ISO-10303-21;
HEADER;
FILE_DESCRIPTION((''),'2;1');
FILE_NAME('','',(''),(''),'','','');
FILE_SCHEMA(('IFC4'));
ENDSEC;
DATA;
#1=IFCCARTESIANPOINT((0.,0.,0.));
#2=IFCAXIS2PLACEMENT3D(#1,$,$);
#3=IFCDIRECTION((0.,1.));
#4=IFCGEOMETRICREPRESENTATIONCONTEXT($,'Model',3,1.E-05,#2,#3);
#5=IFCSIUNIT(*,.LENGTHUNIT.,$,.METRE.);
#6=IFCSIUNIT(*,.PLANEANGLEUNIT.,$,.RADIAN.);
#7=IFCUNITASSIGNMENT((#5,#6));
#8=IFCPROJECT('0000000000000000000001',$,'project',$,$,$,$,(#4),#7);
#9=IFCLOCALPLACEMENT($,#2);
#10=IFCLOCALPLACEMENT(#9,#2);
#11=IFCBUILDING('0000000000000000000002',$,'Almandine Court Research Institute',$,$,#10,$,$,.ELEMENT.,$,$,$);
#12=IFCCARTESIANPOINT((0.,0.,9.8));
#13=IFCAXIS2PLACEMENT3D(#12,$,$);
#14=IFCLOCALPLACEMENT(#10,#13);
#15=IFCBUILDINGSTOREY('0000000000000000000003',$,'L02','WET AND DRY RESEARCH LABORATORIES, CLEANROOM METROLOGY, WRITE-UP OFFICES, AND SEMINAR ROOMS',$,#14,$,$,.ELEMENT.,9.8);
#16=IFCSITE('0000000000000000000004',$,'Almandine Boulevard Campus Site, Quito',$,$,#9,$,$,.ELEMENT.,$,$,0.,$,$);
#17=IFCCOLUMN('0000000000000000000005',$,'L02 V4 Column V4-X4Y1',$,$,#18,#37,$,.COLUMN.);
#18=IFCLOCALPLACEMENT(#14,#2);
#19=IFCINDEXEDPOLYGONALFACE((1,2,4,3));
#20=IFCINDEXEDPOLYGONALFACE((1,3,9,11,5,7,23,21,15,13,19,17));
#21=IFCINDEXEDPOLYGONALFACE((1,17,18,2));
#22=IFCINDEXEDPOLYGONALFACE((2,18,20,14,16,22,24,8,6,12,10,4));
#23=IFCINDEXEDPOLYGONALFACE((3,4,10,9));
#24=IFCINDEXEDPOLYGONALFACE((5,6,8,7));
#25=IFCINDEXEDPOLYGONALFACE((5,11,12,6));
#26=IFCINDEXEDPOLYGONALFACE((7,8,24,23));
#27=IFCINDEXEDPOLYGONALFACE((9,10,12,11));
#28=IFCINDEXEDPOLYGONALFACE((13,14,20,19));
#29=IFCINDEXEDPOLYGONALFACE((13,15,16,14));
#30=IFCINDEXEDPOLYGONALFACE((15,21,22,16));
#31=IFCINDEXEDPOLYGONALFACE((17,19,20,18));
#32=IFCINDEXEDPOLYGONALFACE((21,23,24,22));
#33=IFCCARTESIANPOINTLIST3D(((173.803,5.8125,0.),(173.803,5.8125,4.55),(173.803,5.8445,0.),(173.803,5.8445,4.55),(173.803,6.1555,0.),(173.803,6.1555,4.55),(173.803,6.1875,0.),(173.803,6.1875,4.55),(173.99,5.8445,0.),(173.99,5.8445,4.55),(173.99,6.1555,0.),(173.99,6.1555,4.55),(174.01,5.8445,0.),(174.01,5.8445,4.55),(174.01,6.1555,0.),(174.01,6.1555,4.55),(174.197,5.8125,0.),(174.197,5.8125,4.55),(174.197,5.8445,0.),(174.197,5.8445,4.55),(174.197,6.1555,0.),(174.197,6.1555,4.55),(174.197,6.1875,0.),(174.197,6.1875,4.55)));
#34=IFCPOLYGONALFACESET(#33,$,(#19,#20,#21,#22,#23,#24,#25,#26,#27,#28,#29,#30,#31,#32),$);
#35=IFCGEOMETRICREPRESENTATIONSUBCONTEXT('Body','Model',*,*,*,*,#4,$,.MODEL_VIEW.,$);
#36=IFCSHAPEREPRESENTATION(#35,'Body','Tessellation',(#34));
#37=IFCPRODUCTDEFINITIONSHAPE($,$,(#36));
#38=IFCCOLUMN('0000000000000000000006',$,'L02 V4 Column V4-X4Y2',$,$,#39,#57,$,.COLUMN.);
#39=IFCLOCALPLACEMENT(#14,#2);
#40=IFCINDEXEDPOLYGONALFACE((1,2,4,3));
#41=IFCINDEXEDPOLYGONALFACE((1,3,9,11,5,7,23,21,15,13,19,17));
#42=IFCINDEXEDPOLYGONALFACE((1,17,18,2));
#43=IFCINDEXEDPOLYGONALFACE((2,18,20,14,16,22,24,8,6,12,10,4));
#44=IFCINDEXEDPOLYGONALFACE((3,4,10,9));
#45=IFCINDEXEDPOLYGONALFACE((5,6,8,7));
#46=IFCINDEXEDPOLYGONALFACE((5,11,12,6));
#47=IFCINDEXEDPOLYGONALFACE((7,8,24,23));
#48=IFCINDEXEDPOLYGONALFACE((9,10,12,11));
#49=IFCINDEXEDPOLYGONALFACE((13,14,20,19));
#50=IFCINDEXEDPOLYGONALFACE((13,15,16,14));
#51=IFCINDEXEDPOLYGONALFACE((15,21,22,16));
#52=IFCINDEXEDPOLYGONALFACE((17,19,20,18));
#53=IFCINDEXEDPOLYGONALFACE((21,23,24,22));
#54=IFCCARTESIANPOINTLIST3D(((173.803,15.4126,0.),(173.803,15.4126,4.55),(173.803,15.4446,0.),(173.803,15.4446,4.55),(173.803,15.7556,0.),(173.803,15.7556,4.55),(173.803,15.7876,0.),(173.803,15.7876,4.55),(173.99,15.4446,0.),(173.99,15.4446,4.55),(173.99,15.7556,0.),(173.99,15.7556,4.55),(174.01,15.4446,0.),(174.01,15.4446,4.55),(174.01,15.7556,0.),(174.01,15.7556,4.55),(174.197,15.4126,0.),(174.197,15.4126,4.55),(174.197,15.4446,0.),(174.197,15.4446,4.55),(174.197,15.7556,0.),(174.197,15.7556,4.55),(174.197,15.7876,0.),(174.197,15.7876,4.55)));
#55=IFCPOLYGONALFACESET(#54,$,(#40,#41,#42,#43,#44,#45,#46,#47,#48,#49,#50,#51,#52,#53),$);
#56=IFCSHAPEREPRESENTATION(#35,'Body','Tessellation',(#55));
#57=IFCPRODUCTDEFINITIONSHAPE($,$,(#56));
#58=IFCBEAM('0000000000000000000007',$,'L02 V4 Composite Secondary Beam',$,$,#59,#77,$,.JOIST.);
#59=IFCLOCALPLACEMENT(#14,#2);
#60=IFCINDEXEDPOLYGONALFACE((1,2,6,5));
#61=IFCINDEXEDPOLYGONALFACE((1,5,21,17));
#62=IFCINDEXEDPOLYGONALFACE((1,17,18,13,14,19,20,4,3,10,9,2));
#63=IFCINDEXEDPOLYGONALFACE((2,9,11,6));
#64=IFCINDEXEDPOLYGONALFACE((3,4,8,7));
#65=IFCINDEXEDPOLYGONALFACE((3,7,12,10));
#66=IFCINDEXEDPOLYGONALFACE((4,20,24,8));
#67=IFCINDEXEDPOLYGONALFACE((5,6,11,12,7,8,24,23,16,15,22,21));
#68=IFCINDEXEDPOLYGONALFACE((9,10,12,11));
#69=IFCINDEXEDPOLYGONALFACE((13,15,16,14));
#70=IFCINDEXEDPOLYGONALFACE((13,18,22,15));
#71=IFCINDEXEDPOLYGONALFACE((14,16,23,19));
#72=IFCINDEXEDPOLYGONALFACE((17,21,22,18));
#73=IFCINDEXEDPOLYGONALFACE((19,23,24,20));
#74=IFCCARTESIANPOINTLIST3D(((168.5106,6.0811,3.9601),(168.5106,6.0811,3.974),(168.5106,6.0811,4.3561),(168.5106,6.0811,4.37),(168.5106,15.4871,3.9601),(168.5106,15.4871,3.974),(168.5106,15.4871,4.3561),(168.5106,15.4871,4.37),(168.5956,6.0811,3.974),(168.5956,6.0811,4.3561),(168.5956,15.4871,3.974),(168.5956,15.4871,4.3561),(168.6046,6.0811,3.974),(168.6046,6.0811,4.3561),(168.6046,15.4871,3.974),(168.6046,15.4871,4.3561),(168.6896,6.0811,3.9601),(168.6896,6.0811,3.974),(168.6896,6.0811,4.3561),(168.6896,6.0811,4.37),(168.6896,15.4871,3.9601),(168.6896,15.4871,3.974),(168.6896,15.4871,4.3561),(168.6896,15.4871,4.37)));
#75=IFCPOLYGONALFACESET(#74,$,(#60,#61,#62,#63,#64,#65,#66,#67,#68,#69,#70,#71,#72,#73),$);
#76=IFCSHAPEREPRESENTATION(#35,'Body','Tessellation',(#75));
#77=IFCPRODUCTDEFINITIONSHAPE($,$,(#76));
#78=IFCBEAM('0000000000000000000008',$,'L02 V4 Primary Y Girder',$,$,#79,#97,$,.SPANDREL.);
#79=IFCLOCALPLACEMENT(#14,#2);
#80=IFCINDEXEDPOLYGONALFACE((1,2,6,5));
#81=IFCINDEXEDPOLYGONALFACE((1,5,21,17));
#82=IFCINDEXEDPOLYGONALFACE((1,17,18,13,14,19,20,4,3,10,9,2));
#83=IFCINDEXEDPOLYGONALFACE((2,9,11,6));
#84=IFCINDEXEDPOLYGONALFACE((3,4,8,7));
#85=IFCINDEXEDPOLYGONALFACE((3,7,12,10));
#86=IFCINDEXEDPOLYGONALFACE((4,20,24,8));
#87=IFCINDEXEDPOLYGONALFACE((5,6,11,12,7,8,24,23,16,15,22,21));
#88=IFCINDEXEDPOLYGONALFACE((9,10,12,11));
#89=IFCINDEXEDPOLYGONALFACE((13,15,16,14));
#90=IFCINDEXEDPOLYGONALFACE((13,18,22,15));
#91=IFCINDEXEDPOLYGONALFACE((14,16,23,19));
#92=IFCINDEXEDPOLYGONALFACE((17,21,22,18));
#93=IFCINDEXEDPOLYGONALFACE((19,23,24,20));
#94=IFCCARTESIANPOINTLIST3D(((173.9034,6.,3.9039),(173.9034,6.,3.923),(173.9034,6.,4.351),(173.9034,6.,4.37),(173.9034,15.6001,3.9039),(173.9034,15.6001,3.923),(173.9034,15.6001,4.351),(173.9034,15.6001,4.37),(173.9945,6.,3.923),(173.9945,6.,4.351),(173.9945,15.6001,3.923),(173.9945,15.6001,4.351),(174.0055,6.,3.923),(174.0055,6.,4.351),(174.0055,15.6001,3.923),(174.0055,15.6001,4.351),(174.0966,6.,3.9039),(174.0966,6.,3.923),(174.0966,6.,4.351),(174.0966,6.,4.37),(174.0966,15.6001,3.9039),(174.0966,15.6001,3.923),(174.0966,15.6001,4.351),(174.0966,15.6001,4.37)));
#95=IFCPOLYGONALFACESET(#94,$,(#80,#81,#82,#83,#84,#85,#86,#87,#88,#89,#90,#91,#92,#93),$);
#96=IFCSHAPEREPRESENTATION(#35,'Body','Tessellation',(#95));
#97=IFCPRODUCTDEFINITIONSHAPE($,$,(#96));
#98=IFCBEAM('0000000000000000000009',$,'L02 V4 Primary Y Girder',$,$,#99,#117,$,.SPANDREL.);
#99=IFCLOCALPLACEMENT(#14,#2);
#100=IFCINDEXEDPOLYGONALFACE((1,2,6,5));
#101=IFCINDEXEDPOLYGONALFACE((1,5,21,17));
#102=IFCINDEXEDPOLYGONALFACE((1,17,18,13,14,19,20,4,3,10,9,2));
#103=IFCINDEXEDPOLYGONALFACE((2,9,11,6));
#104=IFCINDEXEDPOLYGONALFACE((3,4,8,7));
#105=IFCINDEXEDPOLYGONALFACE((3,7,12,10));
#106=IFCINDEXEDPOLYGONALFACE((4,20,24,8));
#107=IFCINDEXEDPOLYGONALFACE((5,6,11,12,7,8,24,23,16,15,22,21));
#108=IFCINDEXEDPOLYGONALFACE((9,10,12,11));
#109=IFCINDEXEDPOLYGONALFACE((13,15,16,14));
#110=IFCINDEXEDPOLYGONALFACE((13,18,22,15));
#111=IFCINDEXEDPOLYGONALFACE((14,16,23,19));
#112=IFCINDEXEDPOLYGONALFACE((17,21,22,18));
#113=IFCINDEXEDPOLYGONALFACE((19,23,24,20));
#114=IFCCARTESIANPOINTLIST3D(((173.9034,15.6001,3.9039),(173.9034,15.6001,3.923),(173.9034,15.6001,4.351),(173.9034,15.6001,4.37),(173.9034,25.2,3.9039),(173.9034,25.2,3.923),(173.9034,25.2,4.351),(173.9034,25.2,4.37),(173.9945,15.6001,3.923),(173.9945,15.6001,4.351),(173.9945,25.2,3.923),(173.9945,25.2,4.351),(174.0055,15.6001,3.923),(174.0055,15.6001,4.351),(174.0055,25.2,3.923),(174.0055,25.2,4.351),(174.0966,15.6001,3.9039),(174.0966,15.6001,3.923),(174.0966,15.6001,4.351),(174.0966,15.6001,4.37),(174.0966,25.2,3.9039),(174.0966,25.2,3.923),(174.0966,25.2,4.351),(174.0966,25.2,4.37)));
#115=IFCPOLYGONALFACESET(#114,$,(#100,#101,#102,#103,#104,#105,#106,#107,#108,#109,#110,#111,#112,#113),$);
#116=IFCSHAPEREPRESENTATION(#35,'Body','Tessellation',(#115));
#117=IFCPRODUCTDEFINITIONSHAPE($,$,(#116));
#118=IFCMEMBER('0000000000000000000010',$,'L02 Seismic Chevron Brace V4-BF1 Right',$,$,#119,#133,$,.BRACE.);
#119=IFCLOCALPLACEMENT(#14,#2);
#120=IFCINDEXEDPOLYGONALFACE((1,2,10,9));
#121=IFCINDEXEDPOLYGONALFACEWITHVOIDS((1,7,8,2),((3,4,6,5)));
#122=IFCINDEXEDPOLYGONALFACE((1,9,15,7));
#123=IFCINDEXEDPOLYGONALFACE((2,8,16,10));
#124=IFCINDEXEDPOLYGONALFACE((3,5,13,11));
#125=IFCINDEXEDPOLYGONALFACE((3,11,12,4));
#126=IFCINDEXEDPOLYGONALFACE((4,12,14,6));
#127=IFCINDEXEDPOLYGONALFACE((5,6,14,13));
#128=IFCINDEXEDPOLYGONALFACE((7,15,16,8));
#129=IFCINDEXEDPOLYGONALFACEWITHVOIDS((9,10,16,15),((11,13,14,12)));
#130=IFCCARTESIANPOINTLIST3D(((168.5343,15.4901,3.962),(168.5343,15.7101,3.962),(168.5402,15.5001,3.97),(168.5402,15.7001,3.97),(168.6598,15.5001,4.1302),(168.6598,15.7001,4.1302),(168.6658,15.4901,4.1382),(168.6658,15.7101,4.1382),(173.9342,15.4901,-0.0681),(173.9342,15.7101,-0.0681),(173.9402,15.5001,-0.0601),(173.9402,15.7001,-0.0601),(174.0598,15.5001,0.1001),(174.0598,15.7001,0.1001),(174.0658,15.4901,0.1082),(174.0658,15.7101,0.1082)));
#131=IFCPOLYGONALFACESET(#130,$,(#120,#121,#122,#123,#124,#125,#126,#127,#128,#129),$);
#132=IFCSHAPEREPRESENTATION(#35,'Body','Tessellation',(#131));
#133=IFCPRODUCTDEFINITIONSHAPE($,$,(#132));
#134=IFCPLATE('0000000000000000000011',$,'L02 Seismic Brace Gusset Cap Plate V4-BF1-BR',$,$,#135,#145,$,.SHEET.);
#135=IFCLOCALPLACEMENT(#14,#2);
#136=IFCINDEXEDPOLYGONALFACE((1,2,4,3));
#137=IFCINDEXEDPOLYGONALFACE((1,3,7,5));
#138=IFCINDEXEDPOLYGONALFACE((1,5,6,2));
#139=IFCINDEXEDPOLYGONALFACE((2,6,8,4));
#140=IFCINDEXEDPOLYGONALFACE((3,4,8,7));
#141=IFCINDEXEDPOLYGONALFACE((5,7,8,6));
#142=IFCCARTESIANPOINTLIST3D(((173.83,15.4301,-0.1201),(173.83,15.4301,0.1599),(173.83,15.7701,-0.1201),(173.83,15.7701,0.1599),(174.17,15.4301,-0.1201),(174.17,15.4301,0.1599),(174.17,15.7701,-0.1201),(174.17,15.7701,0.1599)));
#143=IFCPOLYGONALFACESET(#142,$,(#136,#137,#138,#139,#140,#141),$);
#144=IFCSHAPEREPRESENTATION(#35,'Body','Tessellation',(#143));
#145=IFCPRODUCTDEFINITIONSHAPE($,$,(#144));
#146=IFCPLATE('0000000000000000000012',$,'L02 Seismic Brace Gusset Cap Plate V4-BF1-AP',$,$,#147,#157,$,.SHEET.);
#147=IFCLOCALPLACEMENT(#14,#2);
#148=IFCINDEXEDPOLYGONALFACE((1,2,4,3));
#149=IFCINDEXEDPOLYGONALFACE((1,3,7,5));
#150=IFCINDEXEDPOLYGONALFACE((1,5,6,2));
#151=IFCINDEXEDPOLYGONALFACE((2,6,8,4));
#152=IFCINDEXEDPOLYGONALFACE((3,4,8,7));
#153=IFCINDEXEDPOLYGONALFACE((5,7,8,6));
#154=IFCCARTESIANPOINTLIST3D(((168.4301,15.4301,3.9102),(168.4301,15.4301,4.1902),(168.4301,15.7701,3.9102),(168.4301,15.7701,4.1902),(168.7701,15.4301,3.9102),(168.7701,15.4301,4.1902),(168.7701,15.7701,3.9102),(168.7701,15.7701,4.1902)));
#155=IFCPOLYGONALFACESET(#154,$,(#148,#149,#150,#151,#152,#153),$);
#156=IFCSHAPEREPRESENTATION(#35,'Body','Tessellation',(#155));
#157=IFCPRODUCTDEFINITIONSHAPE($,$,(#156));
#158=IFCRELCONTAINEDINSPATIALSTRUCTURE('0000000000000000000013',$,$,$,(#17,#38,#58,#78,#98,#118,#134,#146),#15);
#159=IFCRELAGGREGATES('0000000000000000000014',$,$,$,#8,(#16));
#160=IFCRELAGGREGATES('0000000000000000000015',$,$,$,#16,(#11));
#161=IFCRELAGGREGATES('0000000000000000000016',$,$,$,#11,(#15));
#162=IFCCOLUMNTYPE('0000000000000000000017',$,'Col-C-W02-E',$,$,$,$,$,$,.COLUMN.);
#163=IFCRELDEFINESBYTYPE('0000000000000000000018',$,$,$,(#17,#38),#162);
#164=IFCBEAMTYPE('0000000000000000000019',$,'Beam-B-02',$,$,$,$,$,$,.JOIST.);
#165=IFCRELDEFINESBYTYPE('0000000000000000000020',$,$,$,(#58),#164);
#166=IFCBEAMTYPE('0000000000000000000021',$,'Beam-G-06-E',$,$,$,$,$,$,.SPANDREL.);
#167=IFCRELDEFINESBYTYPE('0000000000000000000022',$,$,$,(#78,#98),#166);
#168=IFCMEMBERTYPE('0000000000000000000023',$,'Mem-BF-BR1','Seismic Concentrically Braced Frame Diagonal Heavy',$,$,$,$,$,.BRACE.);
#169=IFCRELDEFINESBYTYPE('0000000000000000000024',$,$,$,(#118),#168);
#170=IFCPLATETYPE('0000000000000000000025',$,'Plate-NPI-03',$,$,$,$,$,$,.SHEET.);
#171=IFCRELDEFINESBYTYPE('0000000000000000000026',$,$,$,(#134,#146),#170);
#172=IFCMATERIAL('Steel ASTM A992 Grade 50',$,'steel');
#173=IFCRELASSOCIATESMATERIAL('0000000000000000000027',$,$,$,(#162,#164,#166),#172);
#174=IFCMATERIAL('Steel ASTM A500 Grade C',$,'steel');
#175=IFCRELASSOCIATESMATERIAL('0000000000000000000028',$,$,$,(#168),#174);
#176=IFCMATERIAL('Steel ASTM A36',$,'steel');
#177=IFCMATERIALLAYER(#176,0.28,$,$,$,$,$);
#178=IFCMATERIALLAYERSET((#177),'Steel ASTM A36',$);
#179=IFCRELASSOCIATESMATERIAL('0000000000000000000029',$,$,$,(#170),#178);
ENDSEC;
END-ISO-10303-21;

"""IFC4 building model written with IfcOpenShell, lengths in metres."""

from ifc_helpers import new_model, si_unit, direction, frame, origin, origin_2d, place, context, subcontext, project, spatial, rectangle, hollow_rectangle, i_section, extrude, material, layer, layer_set, material_profile, profile_set, type_object, element, save


model = new_model("IFC4")

# Units and contexts
model_context = context("Model", 3, precision=1e-05, world=origin(), true_north=direction((0.0, 1.0)))
body_context = subcontext(model_context, "Body", "Model", "MODEL_VIEW")
ifc_project = project(units=[si_unit("LENGTHUNIT", "METRE"), si_unit("PLANEANGLEUNIT", "RADIAN")], contexts=[model_context])

# Site, building, storey
site_placement = place(None, origin())
site = spatial("IfcSite", under=ifc_project, at=site_placement, Name="Almandine Boulevard Campus Site, Quito", CompositionType="ELEMENT", RefElevation=0.0)
building_placement = place(site_placement, origin())
building = spatial("IfcBuilding", under=site, at=building_placement, Name="Almandine Court Research Institute", CompositionType="ELEMENT")
storey_placement = place(building_placement, frame((0.0, 0.0, 9.8)))
storey = spatial("IfcBuildingStorey", under=building, at=storey_placement, Name="L02", Description="WET AND DRY RESEARCH LABORATORIES, CLEANROOM METROLOGY, WRITE-UP OFFICES, AND SEMINAR ROOMS", CompositionType="ELEMENT", Elevation=9.8)

# Columns
ifc_material_1 = material(Name="Steel ASTM A992 Grade 50", Category="steel")
ifc_material_profile_1 = material_profile(ifc_material_1, i_section(OverallWidth=0.394, OverallDepth=0.375, WebThickness=0.02, FlangeThickness=0.032, at=origin_2d()), Name="W360x216")
ifc_profile_set_1 = profile_set([ifc_material_profile_1], Name="Steel ASTM A992 Grade 50")
column_type = type_object("IfcColumnType", Name="Col-C-W02-E", PredefinedType="COLUMN", material=ifc_profile_set_1)
for number, where, z_axis, x_axis, name in (
    (1, (174.0, 6.0, 0.0), (0.0, 0.0, 1.0), (1.0, 0.0, 0.0), "L02 V4 Column V4-X4Y1"),
    (2, (174.0, 15.6001, 0.0), (0.0, 0.0, 1.0), (1.0, 0.0, 0.0), "L02 V4 Column V4-X4Y2"),
):
    element("IfcColumn", number, at=place(storey_placement, frame(where, z_axis=z_axis, x_axis=x_axis)), inside=storey, type_object=column_type, Name=name, PredefinedType="COLUMN", context=body_context, shape_type="SweptSolid", body=[
        extrude(i_section(OverallWidth=0.394, OverallDepth=0.375, WebThickness=0.02, FlangeThickness=0.032, at=origin_2d()), origin(), (0.0, 0.0, 1.0), 4.55),
    ])

# Beams
ifc_material_profile_2 = material_profile(ifc_material_1, i_section(OverallWidth=0.179, OverallDepth=0.4099, WebThickness=0.009, FlangeThickness=0.0139, at=origin_2d()), Name="W410x67")
ifc_profile_set_2 = profile_set([ifc_material_profile_2], Name="Steel ASTM A992 Grade 50")
beam_type_1 = type_object("IfcBeamType", Name="Beam-B-02", PredefinedType="JOIST", material=ifc_profile_set_2)
beam_1_placement = place(storey_placement, frame((168.6001, 6.0811, 4.165), z_axis=(0.0, 1.0, 0.0), x_axis=(-1.0, 0.0, 0.0)))
element("IfcBeam", 3, at=beam_1_placement, inside=storey, type_object=beam_type_1, Name="L02 V4 Composite Secondary Beam", PredefinedType="JOIST", context=body_context, shape_type="SweptSolid", body=[
    extrude(i_section(OverallWidth=0.179, OverallDepth=0.4099, WebThickness=0.009, FlangeThickness=0.0139, at=origin_2d()), origin(), (0.0, 0.0, 1.0), 9.406),
])
ifc_material_profile_3 = material_profile(ifc_material_1, i_section(OverallWidth=0.1931, OverallDepth=0.4661, WebThickness=0.011, FlangeThickness=0.019, at=origin_2d()), Name="W460x97")
ifc_profile_set_3 = profile_set([ifc_material_profile_3], Name="Steel ASTM A992 Grade 50")
beam_type_2 = type_object("IfcBeamType", Name="Beam-G-06-E", PredefinedType="SPANDREL", material=ifc_profile_set_3)
beam_2_placement = place(storey_placement, frame((174.0, 6.0, 4.137), z_axis=(0.0, 1.0, 0.0), x_axis=(-1.0, 0.0, 0.0)))
element("IfcBeam", 4, at=beam_2_placement, inside=storey, type_object=beam_type_2, Name="L02 V4 Primary Y Girder", PredefinedType="SPANDREL", context=body_context, shape_type="SweptSolid", body=[
    extrude(i_section(OverallWidth=0.1931, OverallDepth=0.4661, WebThickness=0.011, FlangeThickness=0.019, at=origin_2d()), origin(), (0.0, 0.0, 1.0), 9.6001),
])
beam_3_placement = place(storey_placement, frame((174.0, 15.6001, 4.137), z_axis=(0.0, 1.0, 0.0), x_axis=(-1.0, 0.0, 0.0)))
element("IfcBeam", 5, at=beam_3_placement, inside=storey, type_object=beam_type_2, Name="L02 V4 Primary Y Girder", PredefinedType="SPANDREL", context=body_context, shape_type="SweptSolid", body=[
    extrude(i_section(OverallWidth=0.1931, OverallDepth=0.4661, WebThickness=0.011, FlangeThickness=0.019, at=origin_2d()), origin(), (0.0, 0.0, 1.0), 9.5999),
])

# Member
ifc_material_2 = material(Name="Steel ASTM A500 Grade C", Category="steel")
ifc_material_profile_4 = material_profile(ifc_material_2, hollow_rectangle(XDim=0.22, YDim=0.22, WallThickness=0.01, at=origin_2d()), Name="HSS 220x220x10")
ifc_profile_set_4 = profile_set([ifc_material_profile_4], Name="Steel ASTM A500 Grade C")
member_type = type_object("IfcMemberType", Name="Mem-BF-BR1", Description="Seismic Concentrically Braced Frame Diagonal Heavy", PredefinedType="BRACE", material=ifc_profile_set_4)
member_placement = place(storey_placement, frame((174.0, 15.6001, 0.02), z_axis=(-0.801415, 0.0, 0.598108), x_axis=(0.0, -1.0, 0.0)))
element("IfcMember", 6, at=member_placement, inside=storey, type_object=member_type, Name="L02 Seismic Chevron Brace V4-BF1 Right", PredefinedType="BRACE", context=body_context, shape_type="SweptSolid", body=[
    extrude(hollow_rectangle(XDim=0.22, YDim=0.22, WallThickness=0.01, at=origin_2d()), origin(), (0.0, 0.0, 1.0), 6.738),
])

# Plates
ifc_material_3 = material(Name="Steel ASTM A36", Category="steel")
ifc_layer_1 = layer(ifc_material_3, 0.28)
ifc_layer_set_1 = layer_set([ifc_layer_1], Name="Steel ASTM A36")
plate_type = type_object("IfcPlateType", Name="Plate-NPI-03", PredefinedType="SHEET", material=ifc_layer_set_1)
for number, where, z_axis, x_axis, name in (
    (7, (174.0, 15.6001, -0.1201), (0.0, 0.0, 1.0), (1.0, 0.0, 0.0), "L02 Seismic Brace Gusset Cap Plate V4-BF1-BR"),
    (8, (168.6001, 15.6001, 3.9102), (0.0, 0.0, 1.0), (1.0, 0.0, 0.0), "L02 Seismic Brace Gusset Cap Plate V4-BF1-AP"),
):
    element("IfcPlate", number, at=place(storey_placement, frame(where, z_axis=z_axis, x_axis=x_axis)), inside=storey, type_object=plate_type, Name=name, PredefinedType="SHEET", context=body_context, shape_type="SweptSolid", body=[
        extrude(rectangle(XDim=0.3401, YDim=0.3401, at=origin_2d()), origin(), (0.0, 0.0, 1.0), 0.28),
    ])

save(model, "model.ifc")
